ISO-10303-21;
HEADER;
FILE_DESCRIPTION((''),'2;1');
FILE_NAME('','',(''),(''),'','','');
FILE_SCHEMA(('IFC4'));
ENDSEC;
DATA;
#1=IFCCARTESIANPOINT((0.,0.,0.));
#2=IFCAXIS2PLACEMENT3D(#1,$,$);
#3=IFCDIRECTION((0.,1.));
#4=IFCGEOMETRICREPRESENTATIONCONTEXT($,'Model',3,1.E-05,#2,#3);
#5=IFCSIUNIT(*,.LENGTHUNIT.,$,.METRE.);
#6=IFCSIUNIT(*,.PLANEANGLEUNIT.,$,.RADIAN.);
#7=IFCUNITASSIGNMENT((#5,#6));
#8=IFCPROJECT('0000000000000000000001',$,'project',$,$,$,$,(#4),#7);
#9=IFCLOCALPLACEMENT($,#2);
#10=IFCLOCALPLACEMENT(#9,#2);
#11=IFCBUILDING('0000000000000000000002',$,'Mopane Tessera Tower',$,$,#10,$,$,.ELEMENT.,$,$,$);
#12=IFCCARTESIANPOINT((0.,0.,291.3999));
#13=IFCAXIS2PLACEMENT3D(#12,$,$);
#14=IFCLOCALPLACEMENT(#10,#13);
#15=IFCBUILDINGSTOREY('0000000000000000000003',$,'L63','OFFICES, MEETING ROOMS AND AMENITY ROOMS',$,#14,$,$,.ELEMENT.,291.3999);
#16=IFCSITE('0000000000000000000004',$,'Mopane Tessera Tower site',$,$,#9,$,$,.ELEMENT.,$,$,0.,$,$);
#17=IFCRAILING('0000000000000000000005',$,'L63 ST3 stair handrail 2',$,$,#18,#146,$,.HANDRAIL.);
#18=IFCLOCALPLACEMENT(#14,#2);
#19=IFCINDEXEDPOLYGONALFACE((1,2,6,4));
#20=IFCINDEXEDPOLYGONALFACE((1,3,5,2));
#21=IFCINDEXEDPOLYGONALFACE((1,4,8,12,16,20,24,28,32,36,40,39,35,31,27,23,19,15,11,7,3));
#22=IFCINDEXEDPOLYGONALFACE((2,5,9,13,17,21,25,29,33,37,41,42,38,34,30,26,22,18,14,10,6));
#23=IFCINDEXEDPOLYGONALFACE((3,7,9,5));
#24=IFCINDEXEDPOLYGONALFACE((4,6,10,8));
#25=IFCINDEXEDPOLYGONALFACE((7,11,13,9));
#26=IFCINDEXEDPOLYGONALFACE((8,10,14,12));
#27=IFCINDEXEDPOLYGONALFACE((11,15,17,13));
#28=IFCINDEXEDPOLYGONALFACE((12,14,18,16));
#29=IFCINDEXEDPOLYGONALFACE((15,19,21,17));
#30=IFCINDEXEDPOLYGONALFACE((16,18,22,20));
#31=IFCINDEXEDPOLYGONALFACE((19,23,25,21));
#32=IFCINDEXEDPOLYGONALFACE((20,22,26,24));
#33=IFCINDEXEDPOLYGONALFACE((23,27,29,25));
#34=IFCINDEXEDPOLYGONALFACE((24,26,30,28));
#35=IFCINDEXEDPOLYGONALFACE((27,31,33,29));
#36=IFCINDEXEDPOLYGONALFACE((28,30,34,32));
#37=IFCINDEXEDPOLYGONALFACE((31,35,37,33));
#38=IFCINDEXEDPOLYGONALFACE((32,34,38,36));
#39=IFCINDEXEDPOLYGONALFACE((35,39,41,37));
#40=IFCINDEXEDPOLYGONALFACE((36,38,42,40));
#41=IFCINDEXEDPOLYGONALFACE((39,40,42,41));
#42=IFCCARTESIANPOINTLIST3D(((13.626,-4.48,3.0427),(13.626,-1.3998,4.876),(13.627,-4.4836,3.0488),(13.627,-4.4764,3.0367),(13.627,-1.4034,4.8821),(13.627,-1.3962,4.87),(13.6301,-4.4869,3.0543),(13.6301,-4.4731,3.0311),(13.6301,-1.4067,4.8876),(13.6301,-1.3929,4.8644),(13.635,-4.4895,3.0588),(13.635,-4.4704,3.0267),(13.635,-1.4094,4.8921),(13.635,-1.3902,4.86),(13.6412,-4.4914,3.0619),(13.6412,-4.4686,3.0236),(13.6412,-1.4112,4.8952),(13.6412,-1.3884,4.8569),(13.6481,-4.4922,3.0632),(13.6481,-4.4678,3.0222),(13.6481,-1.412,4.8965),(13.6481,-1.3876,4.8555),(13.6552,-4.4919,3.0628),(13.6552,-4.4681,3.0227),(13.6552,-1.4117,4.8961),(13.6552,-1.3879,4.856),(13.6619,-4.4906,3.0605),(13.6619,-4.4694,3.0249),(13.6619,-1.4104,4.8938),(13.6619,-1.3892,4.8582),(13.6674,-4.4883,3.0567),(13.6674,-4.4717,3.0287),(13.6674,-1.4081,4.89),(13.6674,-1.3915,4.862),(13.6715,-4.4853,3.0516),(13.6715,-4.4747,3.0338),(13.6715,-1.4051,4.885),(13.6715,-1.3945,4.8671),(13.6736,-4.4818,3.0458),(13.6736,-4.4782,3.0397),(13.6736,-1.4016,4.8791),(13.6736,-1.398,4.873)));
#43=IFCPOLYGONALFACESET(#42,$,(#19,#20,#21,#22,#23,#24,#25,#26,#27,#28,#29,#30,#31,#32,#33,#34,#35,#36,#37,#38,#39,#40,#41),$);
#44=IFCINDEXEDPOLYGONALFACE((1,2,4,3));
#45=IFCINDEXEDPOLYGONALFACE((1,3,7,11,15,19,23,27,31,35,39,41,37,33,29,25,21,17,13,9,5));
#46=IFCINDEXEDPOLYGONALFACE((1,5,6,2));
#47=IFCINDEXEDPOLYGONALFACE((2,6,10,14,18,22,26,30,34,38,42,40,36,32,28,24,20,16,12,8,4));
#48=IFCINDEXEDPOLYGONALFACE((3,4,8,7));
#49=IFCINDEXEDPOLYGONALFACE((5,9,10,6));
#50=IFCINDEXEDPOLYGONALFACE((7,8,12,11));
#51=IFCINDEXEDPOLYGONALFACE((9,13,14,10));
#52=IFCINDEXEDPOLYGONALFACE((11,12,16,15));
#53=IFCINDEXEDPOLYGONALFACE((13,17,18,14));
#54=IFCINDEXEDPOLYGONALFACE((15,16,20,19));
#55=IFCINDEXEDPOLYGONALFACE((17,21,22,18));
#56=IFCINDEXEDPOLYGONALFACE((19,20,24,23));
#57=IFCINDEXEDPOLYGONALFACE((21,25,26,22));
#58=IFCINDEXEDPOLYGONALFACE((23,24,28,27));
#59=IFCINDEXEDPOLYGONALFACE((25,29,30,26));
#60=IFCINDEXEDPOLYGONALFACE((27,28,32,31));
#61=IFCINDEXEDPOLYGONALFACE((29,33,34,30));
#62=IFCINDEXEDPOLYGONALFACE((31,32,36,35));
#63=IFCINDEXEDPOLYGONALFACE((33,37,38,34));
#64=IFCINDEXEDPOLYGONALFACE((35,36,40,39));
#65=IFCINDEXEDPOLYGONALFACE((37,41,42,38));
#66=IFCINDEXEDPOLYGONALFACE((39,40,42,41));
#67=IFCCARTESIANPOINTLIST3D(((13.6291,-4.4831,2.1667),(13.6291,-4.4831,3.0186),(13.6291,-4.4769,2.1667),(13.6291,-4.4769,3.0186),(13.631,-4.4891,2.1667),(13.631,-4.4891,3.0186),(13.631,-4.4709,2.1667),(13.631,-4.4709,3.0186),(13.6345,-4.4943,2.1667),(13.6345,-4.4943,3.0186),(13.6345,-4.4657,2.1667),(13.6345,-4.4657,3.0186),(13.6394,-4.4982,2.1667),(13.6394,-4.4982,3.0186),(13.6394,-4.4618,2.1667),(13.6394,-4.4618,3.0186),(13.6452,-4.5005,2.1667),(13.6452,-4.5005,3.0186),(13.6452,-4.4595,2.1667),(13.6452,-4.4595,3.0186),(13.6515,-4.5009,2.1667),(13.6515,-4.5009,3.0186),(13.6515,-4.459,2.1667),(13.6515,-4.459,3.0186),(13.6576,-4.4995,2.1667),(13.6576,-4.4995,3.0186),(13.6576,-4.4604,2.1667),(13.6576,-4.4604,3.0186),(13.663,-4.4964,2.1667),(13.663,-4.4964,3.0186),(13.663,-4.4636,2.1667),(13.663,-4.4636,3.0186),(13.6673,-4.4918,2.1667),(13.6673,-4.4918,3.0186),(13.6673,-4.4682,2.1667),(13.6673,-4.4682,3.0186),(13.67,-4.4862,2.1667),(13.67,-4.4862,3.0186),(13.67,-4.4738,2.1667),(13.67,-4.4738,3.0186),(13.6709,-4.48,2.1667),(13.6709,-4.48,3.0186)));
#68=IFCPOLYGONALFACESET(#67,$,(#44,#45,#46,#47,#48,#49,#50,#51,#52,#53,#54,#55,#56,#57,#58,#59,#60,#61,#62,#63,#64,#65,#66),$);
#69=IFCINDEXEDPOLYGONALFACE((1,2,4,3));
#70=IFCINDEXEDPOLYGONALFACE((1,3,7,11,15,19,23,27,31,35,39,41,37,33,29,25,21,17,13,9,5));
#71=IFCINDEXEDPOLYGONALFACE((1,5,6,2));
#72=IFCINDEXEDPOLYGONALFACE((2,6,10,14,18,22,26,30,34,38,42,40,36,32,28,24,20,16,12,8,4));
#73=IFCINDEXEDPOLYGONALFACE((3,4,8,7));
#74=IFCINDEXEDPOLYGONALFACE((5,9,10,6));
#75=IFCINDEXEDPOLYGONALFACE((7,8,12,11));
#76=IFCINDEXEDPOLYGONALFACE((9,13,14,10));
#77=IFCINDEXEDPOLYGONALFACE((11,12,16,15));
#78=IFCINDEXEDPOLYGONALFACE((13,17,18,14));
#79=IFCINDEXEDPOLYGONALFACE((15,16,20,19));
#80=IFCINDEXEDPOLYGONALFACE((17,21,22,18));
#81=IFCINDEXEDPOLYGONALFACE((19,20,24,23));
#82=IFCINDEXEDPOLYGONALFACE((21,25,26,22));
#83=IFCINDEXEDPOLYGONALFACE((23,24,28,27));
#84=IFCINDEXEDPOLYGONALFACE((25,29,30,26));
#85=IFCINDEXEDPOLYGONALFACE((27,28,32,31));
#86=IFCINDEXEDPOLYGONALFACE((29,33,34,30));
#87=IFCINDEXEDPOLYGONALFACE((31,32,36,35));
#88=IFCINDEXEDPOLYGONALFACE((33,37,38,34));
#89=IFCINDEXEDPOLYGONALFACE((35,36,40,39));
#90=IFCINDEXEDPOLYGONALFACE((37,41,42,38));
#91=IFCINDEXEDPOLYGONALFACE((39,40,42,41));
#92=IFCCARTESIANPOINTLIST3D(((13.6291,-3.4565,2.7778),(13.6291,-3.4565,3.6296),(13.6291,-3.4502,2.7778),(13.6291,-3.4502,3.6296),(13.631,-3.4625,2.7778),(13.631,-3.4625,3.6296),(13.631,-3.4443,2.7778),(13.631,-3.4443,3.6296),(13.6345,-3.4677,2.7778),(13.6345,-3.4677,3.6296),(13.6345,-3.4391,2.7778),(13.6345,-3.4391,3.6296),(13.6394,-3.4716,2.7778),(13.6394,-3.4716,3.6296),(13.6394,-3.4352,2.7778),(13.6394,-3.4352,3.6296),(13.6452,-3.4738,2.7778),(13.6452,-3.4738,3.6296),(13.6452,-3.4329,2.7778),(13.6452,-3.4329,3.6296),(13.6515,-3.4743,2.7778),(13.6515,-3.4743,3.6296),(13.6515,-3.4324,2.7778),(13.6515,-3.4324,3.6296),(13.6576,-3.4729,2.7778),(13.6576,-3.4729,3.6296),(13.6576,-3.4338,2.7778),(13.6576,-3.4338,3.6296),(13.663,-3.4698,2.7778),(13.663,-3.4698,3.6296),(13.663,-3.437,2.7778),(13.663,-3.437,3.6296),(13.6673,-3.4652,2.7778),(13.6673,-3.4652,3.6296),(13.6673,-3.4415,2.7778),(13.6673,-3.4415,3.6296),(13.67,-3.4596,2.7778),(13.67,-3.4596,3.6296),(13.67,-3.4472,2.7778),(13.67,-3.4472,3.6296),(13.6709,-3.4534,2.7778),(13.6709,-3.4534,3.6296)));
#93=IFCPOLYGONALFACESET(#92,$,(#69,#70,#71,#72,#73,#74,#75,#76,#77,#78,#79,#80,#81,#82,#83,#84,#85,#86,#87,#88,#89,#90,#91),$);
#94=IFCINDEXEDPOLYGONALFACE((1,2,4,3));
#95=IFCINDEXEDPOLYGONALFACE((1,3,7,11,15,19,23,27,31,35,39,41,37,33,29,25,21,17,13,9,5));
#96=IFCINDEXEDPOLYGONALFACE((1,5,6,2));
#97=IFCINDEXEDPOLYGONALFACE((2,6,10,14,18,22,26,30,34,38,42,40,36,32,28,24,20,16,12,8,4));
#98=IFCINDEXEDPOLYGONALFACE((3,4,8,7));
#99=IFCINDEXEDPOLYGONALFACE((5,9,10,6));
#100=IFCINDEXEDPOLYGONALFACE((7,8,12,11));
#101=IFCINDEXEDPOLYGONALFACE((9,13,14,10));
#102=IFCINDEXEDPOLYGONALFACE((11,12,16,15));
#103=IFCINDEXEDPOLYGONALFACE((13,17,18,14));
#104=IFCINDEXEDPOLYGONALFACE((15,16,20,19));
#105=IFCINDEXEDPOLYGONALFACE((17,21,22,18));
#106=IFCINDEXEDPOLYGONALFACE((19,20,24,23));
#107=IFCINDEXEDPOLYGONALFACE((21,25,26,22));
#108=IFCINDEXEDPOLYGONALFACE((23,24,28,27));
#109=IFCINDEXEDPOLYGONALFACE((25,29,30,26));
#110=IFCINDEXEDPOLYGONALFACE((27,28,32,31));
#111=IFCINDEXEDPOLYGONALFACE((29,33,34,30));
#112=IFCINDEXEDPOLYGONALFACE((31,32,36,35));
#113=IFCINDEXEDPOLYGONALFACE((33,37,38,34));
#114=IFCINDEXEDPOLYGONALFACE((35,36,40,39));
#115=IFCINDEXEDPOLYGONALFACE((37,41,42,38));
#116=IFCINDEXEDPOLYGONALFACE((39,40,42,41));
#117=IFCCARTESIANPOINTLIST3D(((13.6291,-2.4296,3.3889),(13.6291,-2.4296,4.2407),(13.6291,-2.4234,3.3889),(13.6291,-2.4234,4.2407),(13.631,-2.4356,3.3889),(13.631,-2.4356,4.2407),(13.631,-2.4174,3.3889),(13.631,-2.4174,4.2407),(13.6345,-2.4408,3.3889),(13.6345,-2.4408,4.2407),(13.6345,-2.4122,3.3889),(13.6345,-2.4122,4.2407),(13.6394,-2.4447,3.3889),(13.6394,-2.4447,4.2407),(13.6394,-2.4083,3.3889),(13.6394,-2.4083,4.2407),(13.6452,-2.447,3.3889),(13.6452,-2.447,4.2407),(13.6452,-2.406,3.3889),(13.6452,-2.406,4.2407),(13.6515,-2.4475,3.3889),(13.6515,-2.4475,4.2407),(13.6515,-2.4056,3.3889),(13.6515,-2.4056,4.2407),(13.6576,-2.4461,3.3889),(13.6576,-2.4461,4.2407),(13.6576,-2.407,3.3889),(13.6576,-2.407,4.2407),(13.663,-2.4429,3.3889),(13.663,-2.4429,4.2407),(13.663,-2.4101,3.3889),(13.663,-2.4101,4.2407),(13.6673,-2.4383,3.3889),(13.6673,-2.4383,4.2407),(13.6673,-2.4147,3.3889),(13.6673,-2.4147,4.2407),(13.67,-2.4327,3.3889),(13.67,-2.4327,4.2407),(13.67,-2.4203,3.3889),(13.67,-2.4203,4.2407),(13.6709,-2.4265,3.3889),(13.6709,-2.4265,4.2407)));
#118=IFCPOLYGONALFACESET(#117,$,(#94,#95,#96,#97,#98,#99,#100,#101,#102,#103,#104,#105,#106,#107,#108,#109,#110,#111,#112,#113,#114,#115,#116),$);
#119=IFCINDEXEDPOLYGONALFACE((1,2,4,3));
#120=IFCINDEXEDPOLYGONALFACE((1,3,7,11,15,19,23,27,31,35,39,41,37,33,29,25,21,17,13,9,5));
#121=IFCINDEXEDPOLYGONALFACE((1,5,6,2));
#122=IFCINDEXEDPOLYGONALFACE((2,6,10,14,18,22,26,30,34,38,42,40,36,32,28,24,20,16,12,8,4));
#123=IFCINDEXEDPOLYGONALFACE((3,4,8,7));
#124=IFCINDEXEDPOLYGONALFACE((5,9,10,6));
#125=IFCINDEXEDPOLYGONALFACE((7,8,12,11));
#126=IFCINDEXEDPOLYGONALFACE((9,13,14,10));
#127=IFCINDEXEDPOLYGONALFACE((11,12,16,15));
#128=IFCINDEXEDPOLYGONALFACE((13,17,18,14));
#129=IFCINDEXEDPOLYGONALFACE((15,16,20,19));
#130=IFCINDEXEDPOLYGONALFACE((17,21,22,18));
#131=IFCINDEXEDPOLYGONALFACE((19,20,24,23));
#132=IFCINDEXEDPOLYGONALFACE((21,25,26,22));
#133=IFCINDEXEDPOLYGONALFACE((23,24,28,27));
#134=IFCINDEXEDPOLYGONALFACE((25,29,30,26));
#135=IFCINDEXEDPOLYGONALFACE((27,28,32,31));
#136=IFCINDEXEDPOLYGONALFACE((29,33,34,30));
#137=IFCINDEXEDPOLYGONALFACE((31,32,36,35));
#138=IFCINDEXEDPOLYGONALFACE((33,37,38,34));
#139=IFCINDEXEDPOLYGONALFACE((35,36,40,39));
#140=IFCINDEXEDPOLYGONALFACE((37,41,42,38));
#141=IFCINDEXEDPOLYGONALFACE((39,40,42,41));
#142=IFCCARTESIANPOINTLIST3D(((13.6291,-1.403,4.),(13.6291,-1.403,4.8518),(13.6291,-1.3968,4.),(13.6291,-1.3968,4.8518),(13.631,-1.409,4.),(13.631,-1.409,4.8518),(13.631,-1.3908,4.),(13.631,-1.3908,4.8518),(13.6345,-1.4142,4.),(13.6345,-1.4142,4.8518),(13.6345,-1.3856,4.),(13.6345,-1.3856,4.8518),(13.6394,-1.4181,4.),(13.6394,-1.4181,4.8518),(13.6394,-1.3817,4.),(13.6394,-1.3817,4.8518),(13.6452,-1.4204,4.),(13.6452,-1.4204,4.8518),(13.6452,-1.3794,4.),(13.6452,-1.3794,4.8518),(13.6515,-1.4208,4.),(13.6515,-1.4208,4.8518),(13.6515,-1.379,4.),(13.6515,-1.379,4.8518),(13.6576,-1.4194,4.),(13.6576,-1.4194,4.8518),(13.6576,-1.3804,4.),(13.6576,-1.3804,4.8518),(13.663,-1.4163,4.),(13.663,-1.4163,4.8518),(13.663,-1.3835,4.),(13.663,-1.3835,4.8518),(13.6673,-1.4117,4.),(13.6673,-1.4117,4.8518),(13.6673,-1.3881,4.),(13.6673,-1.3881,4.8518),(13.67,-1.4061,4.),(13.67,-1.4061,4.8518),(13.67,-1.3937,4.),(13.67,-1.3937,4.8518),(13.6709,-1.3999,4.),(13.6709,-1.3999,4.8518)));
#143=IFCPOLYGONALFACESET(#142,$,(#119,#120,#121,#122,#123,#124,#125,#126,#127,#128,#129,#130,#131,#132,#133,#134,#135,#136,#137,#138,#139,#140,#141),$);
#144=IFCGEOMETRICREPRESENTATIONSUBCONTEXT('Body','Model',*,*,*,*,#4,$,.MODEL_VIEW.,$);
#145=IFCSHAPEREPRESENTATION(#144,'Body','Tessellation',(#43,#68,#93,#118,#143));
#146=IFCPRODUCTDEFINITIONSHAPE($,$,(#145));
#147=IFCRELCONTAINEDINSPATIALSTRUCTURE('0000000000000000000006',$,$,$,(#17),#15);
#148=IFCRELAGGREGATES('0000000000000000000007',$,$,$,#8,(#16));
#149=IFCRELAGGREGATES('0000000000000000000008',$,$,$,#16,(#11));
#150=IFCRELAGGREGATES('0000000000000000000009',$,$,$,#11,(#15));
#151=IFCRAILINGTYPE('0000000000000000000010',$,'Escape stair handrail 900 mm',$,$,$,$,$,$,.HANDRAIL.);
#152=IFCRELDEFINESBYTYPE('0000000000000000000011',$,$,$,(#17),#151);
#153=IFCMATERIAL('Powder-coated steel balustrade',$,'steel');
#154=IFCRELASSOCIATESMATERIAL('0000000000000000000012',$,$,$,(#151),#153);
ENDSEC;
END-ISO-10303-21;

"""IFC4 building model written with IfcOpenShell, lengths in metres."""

from ifc_helpers import new_model, si_unit, direction, frame, origin, origin_2d, place, context, subcontext, project, spatial, circle, extrude, material, type_object, element, save


model = new_model("IFC4")

# Units and contexts
model_context = context("Model", 3, precision=1e-05, world=origin(), true_north=direction((0.0, 1.0)))
body_context = subcontext(model_context, "Body", "Model", "MODEL_VIEW")
ifc_project = project(units=[si_unit("LENGTHUNIT", "METRE"), si_unit("PLANEANGLEUNIT", "RADIAN")], contexts=[model_context])

# Site, building, storey
site_placement = place(None, origin())
site = spatial("IfcSite", under=ifc_project, at=site_placement, Name="Mopane Tessera Tower site", CompositionType="ELEMENT", RefElevation=0.0)
building_placement = place(site_placement, origin())
building = spatial("IfcBuilding", under=site, at=building_placement, Name="Mopane Tessera Tower", CompositionType="ELEMENT")
storey_placement = place(building_placement, frame((0.0, 0.0, 291.3999)))
storey = spatial("IfcBuildingStorey", under=building, at=storey_placement, Name="L63", Description="OFFICES, MEETING ROOMS AND AMENITY ROOMS", CompositionType="ELEMENT", Elevation=291.3999)

# Railing
ifc_material_1 = material(Name="Powder-coated steel balustrade", Category="steel")
railing_type_1 = type_object("IfcRailingType", Name="Escape stair handrail 900 mm", PredefinedType="HANDRAIL", material=ifc_material_1)
railing_1_placement = place(storey_placement, frame((13.6499, -4.48, 2.1667)))
element("IfcRailing", 1, at=railing_1_placement, inside=storey, type_object=railing_type_1, Name="L63 ST3 stair handrail 2", PredefinedType="HANDRAIL", context=body_context, shape_type="SweptSolid", body=[
    extrude(circle(Radius=0.0239, at=origin_2d()), frame((0.0, 0.0, 0.876), z_axis=(0.0, 0.859309, 0.511458), x_axis=(-1.0, 0.0, 0.0)), (0.0, 0.0, 1.0), 3.5845),
    extrude(circle(Radius=0.021, at=origin_2d()), origin(), (0.0, 0.0, 1.0), 0.8518),
    extrude(circle(Radius=0.021, at=origin_2d()), frame((0.0, 1.0266, 0.6111)), (0.0, 0.0, 1.0), 0.8518),
    extrude(circle(Radius=0.021, at=origin_2d()), frame((0.0, 2.0535, 1.2222)), (0.0, 0.0, 1.0), 0.8518),
    extrude(circle(Radius=0.021, at=origin_2d()), frame((0.0, 3.0801, 1.8333)), (0.0, 0.0, 1.0), 0.8518),
])

save(model, "model.ifc")
